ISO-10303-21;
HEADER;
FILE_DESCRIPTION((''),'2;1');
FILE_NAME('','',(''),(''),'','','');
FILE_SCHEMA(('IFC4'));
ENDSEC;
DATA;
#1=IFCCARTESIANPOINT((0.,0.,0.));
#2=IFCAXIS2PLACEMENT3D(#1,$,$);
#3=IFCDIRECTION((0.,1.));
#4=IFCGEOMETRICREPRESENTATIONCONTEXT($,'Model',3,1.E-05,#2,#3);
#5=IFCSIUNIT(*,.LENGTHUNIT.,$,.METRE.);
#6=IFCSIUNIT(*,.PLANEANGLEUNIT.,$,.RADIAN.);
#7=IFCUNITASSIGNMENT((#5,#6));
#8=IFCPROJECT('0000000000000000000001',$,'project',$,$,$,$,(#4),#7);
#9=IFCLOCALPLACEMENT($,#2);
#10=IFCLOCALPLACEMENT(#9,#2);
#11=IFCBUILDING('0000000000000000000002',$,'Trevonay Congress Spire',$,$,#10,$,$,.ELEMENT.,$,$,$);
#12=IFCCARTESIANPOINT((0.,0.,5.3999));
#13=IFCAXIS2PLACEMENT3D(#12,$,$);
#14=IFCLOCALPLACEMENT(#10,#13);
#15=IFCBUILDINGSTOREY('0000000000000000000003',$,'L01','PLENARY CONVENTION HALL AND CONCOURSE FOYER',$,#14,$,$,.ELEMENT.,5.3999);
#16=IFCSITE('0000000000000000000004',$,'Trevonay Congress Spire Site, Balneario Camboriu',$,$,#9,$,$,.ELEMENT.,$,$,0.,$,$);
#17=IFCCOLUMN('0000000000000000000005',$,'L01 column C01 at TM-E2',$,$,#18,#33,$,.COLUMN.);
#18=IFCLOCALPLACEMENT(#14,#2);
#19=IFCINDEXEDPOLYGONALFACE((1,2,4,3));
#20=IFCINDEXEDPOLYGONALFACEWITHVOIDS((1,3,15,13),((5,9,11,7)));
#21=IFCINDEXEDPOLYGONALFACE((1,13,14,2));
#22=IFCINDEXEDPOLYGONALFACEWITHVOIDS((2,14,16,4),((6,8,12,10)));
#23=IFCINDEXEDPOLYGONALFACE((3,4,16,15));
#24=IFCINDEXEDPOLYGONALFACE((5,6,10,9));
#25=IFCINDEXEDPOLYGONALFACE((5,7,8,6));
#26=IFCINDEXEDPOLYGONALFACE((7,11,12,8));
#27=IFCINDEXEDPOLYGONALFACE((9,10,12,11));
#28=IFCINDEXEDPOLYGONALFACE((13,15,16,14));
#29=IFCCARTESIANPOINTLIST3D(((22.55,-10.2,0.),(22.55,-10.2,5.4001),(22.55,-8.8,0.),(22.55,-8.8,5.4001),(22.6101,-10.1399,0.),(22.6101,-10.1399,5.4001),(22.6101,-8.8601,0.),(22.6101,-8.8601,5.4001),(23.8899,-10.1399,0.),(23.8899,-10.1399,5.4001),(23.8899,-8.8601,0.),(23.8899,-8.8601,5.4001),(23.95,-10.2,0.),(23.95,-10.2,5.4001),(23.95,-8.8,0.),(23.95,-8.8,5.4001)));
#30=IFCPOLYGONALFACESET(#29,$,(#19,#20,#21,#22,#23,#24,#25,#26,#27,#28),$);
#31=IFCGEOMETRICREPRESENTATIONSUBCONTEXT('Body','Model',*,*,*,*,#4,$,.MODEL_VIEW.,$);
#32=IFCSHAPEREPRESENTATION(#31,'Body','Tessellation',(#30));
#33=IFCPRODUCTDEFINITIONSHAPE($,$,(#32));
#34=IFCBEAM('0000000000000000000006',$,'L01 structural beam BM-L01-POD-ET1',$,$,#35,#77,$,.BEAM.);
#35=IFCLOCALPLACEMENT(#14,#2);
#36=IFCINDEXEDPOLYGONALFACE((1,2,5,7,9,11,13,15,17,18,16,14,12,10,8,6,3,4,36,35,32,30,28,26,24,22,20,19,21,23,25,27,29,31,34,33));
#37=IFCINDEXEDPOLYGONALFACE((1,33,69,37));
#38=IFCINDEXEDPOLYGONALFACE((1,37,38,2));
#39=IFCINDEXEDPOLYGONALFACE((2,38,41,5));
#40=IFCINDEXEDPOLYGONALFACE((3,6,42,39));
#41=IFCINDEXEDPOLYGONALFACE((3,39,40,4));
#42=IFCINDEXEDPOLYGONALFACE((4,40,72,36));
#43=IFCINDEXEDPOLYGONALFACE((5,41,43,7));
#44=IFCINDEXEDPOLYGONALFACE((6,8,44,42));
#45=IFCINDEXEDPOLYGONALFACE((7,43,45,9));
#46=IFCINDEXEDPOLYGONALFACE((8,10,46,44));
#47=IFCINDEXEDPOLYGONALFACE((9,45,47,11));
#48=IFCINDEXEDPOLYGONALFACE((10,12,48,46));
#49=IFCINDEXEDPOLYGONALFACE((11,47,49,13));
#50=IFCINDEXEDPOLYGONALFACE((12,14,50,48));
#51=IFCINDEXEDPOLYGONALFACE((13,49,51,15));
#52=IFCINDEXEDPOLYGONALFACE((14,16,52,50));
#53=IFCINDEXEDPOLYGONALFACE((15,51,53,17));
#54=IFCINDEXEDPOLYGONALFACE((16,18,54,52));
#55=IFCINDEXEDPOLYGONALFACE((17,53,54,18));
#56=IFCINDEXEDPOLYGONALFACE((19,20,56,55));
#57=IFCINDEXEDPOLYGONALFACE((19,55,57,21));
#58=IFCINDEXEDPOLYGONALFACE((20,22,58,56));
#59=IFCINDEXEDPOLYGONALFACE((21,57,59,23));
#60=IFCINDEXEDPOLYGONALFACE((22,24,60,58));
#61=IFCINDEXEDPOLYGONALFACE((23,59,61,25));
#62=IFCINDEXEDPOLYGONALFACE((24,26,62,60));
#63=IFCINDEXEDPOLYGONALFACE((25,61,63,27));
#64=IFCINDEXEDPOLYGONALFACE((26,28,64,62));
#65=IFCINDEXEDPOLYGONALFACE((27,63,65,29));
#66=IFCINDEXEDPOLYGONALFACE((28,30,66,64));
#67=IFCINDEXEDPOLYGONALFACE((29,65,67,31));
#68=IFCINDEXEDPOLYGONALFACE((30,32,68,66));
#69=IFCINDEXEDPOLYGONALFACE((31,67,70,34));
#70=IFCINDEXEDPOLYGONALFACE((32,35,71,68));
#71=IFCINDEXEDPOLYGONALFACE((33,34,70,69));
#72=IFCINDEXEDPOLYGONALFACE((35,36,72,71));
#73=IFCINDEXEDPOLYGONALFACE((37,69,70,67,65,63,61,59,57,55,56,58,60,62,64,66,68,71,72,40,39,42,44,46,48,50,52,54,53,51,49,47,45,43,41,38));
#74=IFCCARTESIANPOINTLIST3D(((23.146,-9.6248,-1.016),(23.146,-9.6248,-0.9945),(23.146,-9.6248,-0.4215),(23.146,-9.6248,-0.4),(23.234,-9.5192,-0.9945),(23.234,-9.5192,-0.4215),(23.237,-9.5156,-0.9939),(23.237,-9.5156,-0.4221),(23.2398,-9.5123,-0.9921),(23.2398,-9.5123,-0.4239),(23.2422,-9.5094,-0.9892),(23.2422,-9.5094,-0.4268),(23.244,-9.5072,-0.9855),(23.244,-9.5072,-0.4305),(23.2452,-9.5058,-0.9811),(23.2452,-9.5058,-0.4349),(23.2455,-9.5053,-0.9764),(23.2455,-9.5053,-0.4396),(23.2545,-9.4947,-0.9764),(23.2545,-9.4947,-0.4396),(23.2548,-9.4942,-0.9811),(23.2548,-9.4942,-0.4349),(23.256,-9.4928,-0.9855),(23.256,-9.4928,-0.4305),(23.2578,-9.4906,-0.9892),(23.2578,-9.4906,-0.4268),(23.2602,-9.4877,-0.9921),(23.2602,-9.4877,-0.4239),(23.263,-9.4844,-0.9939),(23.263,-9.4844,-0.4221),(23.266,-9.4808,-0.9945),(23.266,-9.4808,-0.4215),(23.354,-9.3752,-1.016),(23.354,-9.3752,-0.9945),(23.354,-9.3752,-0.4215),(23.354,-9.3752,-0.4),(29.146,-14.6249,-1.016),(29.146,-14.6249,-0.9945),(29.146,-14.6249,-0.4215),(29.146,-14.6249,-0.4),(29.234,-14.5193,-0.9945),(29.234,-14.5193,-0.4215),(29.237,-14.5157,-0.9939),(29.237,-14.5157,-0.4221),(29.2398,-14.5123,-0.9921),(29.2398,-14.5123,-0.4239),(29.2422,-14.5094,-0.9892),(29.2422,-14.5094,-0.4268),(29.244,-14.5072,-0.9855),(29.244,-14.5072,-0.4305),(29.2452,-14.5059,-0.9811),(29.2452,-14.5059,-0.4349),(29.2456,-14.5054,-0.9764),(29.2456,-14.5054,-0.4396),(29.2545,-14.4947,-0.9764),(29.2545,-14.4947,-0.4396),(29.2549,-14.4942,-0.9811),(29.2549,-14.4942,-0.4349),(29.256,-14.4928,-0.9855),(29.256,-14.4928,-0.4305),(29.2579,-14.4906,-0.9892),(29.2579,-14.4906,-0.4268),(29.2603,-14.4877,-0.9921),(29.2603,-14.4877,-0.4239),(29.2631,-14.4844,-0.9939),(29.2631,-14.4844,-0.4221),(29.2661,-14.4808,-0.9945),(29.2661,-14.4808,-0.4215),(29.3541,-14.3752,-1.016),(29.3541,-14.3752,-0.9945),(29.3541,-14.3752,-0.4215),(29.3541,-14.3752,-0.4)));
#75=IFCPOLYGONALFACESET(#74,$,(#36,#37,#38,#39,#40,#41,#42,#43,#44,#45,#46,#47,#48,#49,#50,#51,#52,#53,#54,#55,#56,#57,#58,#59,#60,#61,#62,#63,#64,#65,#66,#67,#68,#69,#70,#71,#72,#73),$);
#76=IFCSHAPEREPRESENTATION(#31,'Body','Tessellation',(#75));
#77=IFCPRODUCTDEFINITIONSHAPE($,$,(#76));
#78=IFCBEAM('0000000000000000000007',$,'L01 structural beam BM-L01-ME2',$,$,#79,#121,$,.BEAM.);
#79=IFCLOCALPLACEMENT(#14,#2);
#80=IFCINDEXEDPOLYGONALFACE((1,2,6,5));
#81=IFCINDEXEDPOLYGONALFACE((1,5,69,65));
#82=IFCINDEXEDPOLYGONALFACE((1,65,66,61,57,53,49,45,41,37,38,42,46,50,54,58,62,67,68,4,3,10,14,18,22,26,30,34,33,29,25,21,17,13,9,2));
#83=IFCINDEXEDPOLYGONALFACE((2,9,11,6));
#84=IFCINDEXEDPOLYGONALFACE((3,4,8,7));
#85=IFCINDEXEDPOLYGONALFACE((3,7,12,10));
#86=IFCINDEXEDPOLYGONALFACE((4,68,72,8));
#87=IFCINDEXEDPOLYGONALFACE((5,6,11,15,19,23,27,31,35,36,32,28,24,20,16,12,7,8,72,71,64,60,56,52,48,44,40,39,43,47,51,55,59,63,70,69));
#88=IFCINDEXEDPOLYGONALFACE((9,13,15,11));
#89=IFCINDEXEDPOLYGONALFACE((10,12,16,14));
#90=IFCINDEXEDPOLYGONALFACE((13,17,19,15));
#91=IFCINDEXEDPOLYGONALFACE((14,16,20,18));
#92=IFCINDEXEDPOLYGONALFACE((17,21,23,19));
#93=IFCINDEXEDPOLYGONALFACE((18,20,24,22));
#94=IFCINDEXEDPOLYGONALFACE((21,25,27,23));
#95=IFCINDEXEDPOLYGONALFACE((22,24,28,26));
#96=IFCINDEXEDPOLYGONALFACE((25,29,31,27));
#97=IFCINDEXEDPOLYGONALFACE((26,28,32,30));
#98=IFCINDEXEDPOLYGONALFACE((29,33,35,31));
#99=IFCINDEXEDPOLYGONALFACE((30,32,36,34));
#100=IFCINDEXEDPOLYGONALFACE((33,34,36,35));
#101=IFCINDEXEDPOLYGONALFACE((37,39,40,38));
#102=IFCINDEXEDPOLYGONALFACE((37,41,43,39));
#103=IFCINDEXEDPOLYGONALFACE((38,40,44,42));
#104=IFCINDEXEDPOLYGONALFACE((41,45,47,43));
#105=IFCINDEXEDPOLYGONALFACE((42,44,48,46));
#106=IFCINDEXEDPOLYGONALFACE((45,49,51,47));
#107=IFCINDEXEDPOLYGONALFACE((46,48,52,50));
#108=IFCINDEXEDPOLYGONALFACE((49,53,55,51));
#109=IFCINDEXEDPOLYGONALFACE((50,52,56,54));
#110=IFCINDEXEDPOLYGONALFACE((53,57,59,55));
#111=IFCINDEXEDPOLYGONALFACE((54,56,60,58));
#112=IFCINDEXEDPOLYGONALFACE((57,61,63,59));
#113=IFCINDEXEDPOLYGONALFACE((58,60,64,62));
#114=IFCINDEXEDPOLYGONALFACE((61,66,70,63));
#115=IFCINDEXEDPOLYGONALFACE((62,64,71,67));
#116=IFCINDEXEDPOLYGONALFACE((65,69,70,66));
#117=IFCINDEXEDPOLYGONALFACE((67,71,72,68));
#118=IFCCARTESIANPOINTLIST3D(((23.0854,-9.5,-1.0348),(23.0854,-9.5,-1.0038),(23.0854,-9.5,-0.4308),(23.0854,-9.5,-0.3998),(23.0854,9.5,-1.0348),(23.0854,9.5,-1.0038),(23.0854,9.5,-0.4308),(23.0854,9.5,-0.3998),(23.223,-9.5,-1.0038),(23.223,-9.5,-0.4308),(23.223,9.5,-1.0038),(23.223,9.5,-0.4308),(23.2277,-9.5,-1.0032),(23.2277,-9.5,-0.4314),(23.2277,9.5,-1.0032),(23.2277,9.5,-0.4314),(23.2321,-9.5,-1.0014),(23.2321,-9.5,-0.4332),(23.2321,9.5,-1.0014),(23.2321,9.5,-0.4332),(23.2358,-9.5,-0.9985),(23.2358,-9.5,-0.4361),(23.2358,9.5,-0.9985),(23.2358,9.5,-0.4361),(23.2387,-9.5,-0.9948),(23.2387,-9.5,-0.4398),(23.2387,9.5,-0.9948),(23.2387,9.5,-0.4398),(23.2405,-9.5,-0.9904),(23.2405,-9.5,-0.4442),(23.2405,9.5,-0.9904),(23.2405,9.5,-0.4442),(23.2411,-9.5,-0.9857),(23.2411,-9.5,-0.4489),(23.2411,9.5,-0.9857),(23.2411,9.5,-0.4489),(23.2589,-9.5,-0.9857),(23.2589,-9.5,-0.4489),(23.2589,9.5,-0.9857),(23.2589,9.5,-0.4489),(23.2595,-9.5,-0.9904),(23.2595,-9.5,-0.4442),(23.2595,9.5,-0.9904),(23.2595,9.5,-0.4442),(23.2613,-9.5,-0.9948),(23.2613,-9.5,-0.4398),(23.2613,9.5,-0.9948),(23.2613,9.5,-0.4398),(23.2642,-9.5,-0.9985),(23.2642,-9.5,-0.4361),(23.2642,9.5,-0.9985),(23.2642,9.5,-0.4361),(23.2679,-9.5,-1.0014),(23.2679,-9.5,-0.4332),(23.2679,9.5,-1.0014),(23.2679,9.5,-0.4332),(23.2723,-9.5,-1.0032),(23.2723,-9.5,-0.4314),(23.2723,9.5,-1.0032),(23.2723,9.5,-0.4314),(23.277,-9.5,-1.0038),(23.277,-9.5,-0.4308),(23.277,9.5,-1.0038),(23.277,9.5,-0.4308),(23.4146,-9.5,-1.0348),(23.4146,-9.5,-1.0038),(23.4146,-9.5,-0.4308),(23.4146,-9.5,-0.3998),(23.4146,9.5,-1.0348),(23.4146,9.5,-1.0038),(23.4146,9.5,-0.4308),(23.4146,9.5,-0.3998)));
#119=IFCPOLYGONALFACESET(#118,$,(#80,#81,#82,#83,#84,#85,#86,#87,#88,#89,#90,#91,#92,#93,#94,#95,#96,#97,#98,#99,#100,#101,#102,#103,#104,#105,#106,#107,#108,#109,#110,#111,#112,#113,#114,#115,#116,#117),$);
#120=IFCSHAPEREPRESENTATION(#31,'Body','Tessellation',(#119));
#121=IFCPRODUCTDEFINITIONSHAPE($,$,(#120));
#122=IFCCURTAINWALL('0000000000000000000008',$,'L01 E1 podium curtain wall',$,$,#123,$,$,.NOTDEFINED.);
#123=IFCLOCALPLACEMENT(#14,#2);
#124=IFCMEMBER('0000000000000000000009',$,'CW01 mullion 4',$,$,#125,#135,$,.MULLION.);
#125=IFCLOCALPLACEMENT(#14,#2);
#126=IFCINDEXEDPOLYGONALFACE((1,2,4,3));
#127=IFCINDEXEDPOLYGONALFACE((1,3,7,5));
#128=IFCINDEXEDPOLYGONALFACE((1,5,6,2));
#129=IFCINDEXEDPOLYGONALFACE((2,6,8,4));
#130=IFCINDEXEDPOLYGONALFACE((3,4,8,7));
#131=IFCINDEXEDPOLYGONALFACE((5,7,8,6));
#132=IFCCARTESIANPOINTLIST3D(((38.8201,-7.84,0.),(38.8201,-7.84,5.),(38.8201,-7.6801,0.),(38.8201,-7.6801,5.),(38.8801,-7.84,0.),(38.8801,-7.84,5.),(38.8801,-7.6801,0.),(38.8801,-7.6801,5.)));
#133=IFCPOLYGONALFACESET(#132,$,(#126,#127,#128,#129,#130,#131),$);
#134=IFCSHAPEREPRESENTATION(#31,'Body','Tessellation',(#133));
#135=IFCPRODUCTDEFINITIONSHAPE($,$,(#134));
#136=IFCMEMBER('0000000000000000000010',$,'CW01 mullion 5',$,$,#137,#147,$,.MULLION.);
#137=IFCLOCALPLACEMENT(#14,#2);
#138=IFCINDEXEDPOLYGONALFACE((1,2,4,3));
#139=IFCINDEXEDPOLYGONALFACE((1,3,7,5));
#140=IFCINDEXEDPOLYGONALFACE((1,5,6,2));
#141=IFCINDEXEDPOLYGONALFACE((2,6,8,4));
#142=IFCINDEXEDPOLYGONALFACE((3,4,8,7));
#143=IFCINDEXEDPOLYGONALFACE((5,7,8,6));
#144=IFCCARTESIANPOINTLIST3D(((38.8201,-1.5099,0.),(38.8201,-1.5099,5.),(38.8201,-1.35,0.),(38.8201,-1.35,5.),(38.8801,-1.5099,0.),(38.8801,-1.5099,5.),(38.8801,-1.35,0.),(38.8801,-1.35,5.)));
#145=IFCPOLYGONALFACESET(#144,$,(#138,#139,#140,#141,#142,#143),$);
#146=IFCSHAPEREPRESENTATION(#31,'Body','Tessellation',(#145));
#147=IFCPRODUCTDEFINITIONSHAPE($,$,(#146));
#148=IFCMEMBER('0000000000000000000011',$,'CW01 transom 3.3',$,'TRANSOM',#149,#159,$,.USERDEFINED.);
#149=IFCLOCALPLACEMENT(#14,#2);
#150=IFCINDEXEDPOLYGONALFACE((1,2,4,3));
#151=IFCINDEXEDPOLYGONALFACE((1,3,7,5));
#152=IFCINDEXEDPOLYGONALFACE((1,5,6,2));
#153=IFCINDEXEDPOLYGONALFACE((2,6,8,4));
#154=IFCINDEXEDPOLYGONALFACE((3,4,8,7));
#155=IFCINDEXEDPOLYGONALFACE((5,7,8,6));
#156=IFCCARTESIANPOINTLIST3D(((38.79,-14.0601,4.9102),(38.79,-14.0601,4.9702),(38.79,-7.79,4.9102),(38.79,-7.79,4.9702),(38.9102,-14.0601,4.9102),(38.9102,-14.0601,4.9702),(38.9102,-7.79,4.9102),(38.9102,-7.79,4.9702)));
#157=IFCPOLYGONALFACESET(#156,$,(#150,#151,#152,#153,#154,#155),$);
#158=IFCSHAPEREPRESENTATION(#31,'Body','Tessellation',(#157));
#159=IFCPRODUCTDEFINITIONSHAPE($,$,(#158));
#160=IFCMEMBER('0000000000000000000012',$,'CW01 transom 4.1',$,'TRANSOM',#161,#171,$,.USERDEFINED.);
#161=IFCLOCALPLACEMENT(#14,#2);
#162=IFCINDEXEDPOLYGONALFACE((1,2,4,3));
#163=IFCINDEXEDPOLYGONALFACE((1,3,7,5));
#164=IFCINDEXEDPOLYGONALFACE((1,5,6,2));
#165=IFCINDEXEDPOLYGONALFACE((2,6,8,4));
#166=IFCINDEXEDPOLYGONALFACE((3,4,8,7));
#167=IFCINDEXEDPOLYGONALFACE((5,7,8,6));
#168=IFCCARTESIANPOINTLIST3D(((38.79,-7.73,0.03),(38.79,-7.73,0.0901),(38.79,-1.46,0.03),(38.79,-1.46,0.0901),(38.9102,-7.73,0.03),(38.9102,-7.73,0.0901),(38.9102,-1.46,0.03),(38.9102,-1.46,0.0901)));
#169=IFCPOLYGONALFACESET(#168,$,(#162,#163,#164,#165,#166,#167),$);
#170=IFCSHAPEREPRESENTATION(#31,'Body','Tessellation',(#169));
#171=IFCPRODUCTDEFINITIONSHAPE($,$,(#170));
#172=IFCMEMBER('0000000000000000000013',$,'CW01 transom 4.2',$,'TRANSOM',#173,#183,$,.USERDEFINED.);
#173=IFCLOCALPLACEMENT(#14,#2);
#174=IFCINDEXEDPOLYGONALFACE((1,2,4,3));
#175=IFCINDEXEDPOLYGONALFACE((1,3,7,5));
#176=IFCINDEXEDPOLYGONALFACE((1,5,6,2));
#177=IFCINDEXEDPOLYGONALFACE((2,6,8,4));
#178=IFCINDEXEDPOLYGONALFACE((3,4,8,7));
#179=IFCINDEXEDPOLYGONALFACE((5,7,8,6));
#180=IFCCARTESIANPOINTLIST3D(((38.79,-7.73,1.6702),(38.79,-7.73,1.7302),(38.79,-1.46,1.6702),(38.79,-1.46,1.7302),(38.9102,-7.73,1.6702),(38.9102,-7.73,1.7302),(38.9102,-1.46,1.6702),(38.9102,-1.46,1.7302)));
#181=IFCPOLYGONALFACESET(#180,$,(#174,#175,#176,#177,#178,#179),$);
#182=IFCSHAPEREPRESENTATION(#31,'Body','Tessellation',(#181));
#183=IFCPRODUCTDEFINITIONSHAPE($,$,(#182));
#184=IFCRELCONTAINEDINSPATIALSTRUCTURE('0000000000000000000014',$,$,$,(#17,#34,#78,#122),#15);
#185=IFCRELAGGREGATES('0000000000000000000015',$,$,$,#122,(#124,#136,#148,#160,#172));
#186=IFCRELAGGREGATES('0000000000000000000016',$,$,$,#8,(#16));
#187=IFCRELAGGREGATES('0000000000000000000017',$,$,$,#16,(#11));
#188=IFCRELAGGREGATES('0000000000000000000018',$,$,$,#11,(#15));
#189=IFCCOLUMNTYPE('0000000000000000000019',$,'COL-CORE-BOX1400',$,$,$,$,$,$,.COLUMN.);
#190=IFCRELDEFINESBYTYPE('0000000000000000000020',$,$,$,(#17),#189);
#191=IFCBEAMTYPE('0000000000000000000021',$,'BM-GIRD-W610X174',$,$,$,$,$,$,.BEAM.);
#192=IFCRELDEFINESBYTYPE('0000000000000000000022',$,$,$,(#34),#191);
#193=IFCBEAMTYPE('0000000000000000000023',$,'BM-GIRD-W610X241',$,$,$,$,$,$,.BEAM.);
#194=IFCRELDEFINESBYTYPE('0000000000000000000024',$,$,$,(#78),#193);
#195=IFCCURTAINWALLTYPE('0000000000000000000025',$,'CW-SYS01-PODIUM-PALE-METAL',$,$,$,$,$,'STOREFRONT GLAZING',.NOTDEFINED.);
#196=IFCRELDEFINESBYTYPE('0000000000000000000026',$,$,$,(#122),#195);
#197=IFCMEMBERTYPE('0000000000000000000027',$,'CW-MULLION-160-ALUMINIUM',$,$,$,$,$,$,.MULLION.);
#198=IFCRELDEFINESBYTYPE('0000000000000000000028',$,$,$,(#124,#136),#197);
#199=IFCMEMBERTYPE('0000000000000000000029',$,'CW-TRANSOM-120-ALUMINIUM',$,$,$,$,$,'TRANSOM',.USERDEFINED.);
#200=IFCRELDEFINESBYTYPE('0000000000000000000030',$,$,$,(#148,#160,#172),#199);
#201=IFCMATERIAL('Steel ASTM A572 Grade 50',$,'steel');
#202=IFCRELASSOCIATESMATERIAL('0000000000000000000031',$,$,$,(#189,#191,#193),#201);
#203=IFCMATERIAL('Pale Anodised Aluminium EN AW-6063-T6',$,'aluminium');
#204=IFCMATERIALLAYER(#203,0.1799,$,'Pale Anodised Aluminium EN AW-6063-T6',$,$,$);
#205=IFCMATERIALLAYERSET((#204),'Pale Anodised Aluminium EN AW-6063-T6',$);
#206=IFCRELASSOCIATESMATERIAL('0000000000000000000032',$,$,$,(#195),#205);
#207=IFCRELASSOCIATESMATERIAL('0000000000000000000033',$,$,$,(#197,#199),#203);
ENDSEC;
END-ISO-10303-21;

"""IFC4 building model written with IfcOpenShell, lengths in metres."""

from ifc_helpers import new_model, si_unit, direction, frame, origin, origin_2d, place, context, subcontext, project, spatial, rectangle, hollow_rectangle, i_section, extrude, material, layer, layer_set, material_profile, profile_set, type_object, element, aggregate, save


model = new_model("IFC4")

# Units and contexts
model_context = context("Model", 3, precision=1e-05, world=origin(), true_north=direction((0.0, 1.0)))
body_context = subcontext(model_context, "Body", "Model", "MODEL_VIEW")
ifc_project = project(units=[si_unit("LENGTHUNIT", "METRE"), si_unit("PLANEANGLEUNIT", "RADIAN")], contexts=[model_context])

# Site, building, storey
site_placement = place(None, origin())
site = spatial("IfcSite", under=ifc_project, at=site_placement, Name="Trevonay Congress Spire Site, Balneario Camboriu", CompositionType="ELEMENT", RefElevation=0.0)
building_placement = place(site_placement, origin())
building = spatial("IfcBuilding", under=site, at=building_placement, Name="Trevonay Congress Spire", CompositionType="ELEMENT")
storey_placement = place(building_placement, frame((0.0, 0.0, 5.3999)))
storey = spatial("IfcBuildingStorey", under=building, at=storey_placement, Name="L01", Description="PLENARY CONVENTION HALL AND CONCOURSE FOYER", CompositionType="ELEMENT", Elevation=5.3999)

# Column
ifc_material_1 = material(Name="Steel ASTM A572 Grade 50", Category="steel")
ifc_material_profile_1 = material_profile(ifc_material_1, hollow_rectangle(XDim=1.3999, YDim=1.3999, WallThickness=0.0601, at=origin_2d()), Name="BOX 1400x1400x60")
ifc_profile_set_1 = profile_set([ifc_material_profile_1], Name="Steel ASTM A572 Grade 50")
column_type = type_object("IfcColumnType", Name="COL-CORE-BOX1400", PredefinedType="COLUMN", material=ifc_profile_set_1)
column_placement = place(storey_placement, frame((23.25, -9.5, 0.0), z_axis=(0.0, 0.0, 1.0), x_axis=(1.0, 0.0, 0.0)))
element("IfcColumn", 1, at=column_placement, inside=storey, type_object=column_type, Name="L01 column C01 at TM-E2", PredefinedType="COLUMN", context=body_context, shape_type="SweptSolid", body=[
    extrude(hollow_rectangle(XDim=1.3999, YDim=1.3999, WallThickness=0.0601, at=origin_2d()), origin(), (0.0, 0.0, 1.0), 5.4001),
])

# Beams
ifc_material_profile_2 = material_profile(ifc_material_1, i_section(OverallWidth=0.325, OverallDepth=0.616, WebThickness=0.0139, FlangeThickness=0.0215, FilletRadius=0.0181, at=origin_2d()), Name="W610x174")
ifc_profile_set_2 = profile_set([ifc_material_profile_2], Name="Steel ASTM A572 Grade 50")
beam_type_1 = type_object("IfcBeamType", Name="BM-GIRD-W610X174", PredefinedType="BEAM", material=ifc_profile_set_2)
beam_1_placement = place(storey_placement, frame((23.25, -9.5, -0.708), z_axis=(0.768221, -0.640184, 0.0), x_axis=(0.640184, 0.768221, 0.0)))
element("IfcBeam", 2, at=beam_1_placement, inside=storey, type_object=beam_type_1, Name="L01 structural beam BM-L01-POD-ET1", PredefinedType="BEAM", context=body_context, shape_type="SweptSolid", body=[
    extrude(i_section(OverallWidth=0.325, OverallDepth=0.616, WebThickness=0.0139, FlangeThickness=0.0215, FilletRadius=0.0181, at=origin_2d()), origin(), (0.0, 0.0, 1.0), 7.8103),
])
ifc_material_profile_3 = material_profile(ifc_material_1, i_section(OverallWidth=0.3291, OverallDepth=0.635, WebThickness=0.0178, FlangeThickness=0.031, FilletRadius=0.0181, at=origin_2d()), Name="W610x241")
ifc_profile_set_3 = profile_set([ifc_material_profile_3], Name="Steel ASTM A572 Grade 50")
beam_type_2 = type_object("IfcBeamType", Name="BM-GIRD-W610X241", PredefinedType="BEAM", material=ifc_profile_set_3)
beam_2_placement = place(storey_placement, frame((23.25, -9.5, -0.7173), z_axis=(0.0, 1.0, 0.0), x_axis=(-1.0, 0.0, 0.0)))
element("IfcBeam", 3, at=beam_2_placement, inside=storey, type_object=beam_type_2, Name="L01 structural beam BM-L01-ME2", PredefinedType="BEAM", context=body_context, shape_type="SweptSolid", body=[
    extrude(i_section(OverallWidth=0.3291, OverallDepth=0.635, WebThickness=0.0178, FlangeThickness=0.031, FilletRadius=0.0181, at=origin_2d()), origin(), (0.0, 0.0, 1.0), 19.0),
])

# Curtain wall, members
ifc_material_2 = material(Name="Pale Anodised Aluminium EN AW-6063-T6", Category="aluminium")
ifc_layer_1 = layer(ifc_material_2, 0.1799, Name="Pale Anodised Aluminium EN AW-6063-T6")
ifc_layer_set_1 = layer_set([ifc_layer_1], Name="Pale Anodised Aluminium EN AW-6063-T6")
curtain_wall_type = type_object("IfcCurtainWallType", Name="CW-SYS01-PODIUM-PALE-METAL", ElementType="STOREFRONT GLAZING", PredefinedType="NOTDEFINED", material=ifc_layer_set_1)
curtain_wall_placement = place(storey_placement, origin())
curtain_wall = element("IfcCurtainWall", 4, at=curtain_wall_placement, inside=storey, type_object=curtain_wall_type, Name="L01 E1 podium curtain wall", PredefinedType="NOTDEFINED")
ifc_material_profile_4 = material_profile(ifc_material_2, rectangle(XDim=0.0601, YDim=0.1599, at=origin_2d()), Name="CW-MULLION-160-ALUMINIUM")
ifc_profile_set_4 = profile_set([ifc_material_profile_4], Name="Pale Anodised Aluminium EN AW-6063-T6")
member_type_1 = type_object("IfcMemberType", Name="CW-MULLION-160-ALUMINIUM", PredefinedType="MULLION", material=ifc_profile_set_4)
member_1_placement = place(storey_placement, frame((38.8501, -7.76, 0.0), z_axis=(0.0, 0.0, 1.0), x_axis=(-1.0, 0.0, 0.0)))
member_1 = element("IfcMember", 5, at=member_1_placement, type_object=member_type_1, Name="CW01 mullion 4", PredefinedType="MULLION", context=body_context, shape_type="SweptSolid", body=[
    extrude(rectangle(XDim=0.0601, YDim=0.1599, at=origin_2d()), origin(), (0.0, 0.0, 1.0), 5.0),
])
member_2_placement = place(storey_placement, frame((38.8501, -1.4299, 0.0), z_axis=(0.0, 0.0, 1.0), x_axis=(-1.0, 0.0, 0.0)))
member_2 = element("IfcMember", 6, at=member_2_placement, type_object=member_type_1, Name="CW01 mullion 5", PredefinedType="MULLION", context=body_context, shape_type="SweptSolid", body=[
    extrude(rectangle(XDim=0.0601, YDim=0.1599, at=origin_2d()), origin(), (0.0, 0.0, 1.0), 5.0),
])
ifc_material_profile_5 = material_profile(ifc_material_2, rectangle(XDim=0.1201, YDim=0.0601, at=origin_2d()), Name="CW-TRANSOM-120-ALUMINIUM")
ifc_profile_set_5 = profile_set([ifc_material_profile_5], Name="Pale Anodised Aluminium EN AW-6063-T6")
member_type_2 = type_object("IfcMemberType", Name="CW-TRANSOM-120-ALUMINIUM", ElementType="TRANSOM", PredefinedType="USERDEFINED", material=ifc_profile_set_5)
member_3_placement = place(storey_placement, frame((38.8501, -14.0601, 4.9402), z_axis=(0.0, 1.0, 0.0), x_axis=(-1.0, 0.0, 0.0)))
member_3 = element("IfcMember", 7, at=member_3_placement, type_object=member_type_2, Name="CW01 transom 3.3", ObjectType="TRANSOM", PredefinedType="USERDEFINED", context=body_context, shape_type="SweptSolid", body=[
    extrude(rectangle(XDim=0.1201, YDim=0.0601, at=origin_2d()), origin(), (0.0, 0.0, 1.0), 6.27),
])
member_4_placement = place(storey_placement, frame((38.8501, -7.73, 0.0601), z_axis=(0.0, 1.0, 0.0), x_axis=(-1.0, 0.0, 0.0)))
member_4 = element("IfcMember", 8, at=member_4_placement, type_object=member_type_2, Name="CW01 transom 4.1", ObjectType="TRANSOM", PredefinedType="USERDEFINED", context=body_context, shape_type="SweptSolid", body=[
    extrude(rectangle(XDim=0.1201, YDim=0.0601, at=origin_2d()), origin(), (0.0, 0.0, 1.0), 6.27),
])
member_5_placement = place(storey_placement, frame((38.8501, -7.73, 1.7002), z_axis=(0.0, 1.0, 0.0), x_axis=(-1.0, 0.0, 0.0)))
member_5 = element("IfcMember", 9, at=member_5_placement, type_object=member_type_2, Name="CW01 transom 4.2", ObjectType="TRANSOM", PredefinedType="USERDEFINED", context=body_context, shape_type="SweptSolid", body=[
    extrude(rectangle(XDim=0.1201, YDim=0.0601, at=origin_2d()), origin(), (0.0, 0.0, 1.0), 6.27),
])
aggregate(curtain_wall, [member_1, member_2, member_3, member_4, member_5])

save(model, "model.ifc")
